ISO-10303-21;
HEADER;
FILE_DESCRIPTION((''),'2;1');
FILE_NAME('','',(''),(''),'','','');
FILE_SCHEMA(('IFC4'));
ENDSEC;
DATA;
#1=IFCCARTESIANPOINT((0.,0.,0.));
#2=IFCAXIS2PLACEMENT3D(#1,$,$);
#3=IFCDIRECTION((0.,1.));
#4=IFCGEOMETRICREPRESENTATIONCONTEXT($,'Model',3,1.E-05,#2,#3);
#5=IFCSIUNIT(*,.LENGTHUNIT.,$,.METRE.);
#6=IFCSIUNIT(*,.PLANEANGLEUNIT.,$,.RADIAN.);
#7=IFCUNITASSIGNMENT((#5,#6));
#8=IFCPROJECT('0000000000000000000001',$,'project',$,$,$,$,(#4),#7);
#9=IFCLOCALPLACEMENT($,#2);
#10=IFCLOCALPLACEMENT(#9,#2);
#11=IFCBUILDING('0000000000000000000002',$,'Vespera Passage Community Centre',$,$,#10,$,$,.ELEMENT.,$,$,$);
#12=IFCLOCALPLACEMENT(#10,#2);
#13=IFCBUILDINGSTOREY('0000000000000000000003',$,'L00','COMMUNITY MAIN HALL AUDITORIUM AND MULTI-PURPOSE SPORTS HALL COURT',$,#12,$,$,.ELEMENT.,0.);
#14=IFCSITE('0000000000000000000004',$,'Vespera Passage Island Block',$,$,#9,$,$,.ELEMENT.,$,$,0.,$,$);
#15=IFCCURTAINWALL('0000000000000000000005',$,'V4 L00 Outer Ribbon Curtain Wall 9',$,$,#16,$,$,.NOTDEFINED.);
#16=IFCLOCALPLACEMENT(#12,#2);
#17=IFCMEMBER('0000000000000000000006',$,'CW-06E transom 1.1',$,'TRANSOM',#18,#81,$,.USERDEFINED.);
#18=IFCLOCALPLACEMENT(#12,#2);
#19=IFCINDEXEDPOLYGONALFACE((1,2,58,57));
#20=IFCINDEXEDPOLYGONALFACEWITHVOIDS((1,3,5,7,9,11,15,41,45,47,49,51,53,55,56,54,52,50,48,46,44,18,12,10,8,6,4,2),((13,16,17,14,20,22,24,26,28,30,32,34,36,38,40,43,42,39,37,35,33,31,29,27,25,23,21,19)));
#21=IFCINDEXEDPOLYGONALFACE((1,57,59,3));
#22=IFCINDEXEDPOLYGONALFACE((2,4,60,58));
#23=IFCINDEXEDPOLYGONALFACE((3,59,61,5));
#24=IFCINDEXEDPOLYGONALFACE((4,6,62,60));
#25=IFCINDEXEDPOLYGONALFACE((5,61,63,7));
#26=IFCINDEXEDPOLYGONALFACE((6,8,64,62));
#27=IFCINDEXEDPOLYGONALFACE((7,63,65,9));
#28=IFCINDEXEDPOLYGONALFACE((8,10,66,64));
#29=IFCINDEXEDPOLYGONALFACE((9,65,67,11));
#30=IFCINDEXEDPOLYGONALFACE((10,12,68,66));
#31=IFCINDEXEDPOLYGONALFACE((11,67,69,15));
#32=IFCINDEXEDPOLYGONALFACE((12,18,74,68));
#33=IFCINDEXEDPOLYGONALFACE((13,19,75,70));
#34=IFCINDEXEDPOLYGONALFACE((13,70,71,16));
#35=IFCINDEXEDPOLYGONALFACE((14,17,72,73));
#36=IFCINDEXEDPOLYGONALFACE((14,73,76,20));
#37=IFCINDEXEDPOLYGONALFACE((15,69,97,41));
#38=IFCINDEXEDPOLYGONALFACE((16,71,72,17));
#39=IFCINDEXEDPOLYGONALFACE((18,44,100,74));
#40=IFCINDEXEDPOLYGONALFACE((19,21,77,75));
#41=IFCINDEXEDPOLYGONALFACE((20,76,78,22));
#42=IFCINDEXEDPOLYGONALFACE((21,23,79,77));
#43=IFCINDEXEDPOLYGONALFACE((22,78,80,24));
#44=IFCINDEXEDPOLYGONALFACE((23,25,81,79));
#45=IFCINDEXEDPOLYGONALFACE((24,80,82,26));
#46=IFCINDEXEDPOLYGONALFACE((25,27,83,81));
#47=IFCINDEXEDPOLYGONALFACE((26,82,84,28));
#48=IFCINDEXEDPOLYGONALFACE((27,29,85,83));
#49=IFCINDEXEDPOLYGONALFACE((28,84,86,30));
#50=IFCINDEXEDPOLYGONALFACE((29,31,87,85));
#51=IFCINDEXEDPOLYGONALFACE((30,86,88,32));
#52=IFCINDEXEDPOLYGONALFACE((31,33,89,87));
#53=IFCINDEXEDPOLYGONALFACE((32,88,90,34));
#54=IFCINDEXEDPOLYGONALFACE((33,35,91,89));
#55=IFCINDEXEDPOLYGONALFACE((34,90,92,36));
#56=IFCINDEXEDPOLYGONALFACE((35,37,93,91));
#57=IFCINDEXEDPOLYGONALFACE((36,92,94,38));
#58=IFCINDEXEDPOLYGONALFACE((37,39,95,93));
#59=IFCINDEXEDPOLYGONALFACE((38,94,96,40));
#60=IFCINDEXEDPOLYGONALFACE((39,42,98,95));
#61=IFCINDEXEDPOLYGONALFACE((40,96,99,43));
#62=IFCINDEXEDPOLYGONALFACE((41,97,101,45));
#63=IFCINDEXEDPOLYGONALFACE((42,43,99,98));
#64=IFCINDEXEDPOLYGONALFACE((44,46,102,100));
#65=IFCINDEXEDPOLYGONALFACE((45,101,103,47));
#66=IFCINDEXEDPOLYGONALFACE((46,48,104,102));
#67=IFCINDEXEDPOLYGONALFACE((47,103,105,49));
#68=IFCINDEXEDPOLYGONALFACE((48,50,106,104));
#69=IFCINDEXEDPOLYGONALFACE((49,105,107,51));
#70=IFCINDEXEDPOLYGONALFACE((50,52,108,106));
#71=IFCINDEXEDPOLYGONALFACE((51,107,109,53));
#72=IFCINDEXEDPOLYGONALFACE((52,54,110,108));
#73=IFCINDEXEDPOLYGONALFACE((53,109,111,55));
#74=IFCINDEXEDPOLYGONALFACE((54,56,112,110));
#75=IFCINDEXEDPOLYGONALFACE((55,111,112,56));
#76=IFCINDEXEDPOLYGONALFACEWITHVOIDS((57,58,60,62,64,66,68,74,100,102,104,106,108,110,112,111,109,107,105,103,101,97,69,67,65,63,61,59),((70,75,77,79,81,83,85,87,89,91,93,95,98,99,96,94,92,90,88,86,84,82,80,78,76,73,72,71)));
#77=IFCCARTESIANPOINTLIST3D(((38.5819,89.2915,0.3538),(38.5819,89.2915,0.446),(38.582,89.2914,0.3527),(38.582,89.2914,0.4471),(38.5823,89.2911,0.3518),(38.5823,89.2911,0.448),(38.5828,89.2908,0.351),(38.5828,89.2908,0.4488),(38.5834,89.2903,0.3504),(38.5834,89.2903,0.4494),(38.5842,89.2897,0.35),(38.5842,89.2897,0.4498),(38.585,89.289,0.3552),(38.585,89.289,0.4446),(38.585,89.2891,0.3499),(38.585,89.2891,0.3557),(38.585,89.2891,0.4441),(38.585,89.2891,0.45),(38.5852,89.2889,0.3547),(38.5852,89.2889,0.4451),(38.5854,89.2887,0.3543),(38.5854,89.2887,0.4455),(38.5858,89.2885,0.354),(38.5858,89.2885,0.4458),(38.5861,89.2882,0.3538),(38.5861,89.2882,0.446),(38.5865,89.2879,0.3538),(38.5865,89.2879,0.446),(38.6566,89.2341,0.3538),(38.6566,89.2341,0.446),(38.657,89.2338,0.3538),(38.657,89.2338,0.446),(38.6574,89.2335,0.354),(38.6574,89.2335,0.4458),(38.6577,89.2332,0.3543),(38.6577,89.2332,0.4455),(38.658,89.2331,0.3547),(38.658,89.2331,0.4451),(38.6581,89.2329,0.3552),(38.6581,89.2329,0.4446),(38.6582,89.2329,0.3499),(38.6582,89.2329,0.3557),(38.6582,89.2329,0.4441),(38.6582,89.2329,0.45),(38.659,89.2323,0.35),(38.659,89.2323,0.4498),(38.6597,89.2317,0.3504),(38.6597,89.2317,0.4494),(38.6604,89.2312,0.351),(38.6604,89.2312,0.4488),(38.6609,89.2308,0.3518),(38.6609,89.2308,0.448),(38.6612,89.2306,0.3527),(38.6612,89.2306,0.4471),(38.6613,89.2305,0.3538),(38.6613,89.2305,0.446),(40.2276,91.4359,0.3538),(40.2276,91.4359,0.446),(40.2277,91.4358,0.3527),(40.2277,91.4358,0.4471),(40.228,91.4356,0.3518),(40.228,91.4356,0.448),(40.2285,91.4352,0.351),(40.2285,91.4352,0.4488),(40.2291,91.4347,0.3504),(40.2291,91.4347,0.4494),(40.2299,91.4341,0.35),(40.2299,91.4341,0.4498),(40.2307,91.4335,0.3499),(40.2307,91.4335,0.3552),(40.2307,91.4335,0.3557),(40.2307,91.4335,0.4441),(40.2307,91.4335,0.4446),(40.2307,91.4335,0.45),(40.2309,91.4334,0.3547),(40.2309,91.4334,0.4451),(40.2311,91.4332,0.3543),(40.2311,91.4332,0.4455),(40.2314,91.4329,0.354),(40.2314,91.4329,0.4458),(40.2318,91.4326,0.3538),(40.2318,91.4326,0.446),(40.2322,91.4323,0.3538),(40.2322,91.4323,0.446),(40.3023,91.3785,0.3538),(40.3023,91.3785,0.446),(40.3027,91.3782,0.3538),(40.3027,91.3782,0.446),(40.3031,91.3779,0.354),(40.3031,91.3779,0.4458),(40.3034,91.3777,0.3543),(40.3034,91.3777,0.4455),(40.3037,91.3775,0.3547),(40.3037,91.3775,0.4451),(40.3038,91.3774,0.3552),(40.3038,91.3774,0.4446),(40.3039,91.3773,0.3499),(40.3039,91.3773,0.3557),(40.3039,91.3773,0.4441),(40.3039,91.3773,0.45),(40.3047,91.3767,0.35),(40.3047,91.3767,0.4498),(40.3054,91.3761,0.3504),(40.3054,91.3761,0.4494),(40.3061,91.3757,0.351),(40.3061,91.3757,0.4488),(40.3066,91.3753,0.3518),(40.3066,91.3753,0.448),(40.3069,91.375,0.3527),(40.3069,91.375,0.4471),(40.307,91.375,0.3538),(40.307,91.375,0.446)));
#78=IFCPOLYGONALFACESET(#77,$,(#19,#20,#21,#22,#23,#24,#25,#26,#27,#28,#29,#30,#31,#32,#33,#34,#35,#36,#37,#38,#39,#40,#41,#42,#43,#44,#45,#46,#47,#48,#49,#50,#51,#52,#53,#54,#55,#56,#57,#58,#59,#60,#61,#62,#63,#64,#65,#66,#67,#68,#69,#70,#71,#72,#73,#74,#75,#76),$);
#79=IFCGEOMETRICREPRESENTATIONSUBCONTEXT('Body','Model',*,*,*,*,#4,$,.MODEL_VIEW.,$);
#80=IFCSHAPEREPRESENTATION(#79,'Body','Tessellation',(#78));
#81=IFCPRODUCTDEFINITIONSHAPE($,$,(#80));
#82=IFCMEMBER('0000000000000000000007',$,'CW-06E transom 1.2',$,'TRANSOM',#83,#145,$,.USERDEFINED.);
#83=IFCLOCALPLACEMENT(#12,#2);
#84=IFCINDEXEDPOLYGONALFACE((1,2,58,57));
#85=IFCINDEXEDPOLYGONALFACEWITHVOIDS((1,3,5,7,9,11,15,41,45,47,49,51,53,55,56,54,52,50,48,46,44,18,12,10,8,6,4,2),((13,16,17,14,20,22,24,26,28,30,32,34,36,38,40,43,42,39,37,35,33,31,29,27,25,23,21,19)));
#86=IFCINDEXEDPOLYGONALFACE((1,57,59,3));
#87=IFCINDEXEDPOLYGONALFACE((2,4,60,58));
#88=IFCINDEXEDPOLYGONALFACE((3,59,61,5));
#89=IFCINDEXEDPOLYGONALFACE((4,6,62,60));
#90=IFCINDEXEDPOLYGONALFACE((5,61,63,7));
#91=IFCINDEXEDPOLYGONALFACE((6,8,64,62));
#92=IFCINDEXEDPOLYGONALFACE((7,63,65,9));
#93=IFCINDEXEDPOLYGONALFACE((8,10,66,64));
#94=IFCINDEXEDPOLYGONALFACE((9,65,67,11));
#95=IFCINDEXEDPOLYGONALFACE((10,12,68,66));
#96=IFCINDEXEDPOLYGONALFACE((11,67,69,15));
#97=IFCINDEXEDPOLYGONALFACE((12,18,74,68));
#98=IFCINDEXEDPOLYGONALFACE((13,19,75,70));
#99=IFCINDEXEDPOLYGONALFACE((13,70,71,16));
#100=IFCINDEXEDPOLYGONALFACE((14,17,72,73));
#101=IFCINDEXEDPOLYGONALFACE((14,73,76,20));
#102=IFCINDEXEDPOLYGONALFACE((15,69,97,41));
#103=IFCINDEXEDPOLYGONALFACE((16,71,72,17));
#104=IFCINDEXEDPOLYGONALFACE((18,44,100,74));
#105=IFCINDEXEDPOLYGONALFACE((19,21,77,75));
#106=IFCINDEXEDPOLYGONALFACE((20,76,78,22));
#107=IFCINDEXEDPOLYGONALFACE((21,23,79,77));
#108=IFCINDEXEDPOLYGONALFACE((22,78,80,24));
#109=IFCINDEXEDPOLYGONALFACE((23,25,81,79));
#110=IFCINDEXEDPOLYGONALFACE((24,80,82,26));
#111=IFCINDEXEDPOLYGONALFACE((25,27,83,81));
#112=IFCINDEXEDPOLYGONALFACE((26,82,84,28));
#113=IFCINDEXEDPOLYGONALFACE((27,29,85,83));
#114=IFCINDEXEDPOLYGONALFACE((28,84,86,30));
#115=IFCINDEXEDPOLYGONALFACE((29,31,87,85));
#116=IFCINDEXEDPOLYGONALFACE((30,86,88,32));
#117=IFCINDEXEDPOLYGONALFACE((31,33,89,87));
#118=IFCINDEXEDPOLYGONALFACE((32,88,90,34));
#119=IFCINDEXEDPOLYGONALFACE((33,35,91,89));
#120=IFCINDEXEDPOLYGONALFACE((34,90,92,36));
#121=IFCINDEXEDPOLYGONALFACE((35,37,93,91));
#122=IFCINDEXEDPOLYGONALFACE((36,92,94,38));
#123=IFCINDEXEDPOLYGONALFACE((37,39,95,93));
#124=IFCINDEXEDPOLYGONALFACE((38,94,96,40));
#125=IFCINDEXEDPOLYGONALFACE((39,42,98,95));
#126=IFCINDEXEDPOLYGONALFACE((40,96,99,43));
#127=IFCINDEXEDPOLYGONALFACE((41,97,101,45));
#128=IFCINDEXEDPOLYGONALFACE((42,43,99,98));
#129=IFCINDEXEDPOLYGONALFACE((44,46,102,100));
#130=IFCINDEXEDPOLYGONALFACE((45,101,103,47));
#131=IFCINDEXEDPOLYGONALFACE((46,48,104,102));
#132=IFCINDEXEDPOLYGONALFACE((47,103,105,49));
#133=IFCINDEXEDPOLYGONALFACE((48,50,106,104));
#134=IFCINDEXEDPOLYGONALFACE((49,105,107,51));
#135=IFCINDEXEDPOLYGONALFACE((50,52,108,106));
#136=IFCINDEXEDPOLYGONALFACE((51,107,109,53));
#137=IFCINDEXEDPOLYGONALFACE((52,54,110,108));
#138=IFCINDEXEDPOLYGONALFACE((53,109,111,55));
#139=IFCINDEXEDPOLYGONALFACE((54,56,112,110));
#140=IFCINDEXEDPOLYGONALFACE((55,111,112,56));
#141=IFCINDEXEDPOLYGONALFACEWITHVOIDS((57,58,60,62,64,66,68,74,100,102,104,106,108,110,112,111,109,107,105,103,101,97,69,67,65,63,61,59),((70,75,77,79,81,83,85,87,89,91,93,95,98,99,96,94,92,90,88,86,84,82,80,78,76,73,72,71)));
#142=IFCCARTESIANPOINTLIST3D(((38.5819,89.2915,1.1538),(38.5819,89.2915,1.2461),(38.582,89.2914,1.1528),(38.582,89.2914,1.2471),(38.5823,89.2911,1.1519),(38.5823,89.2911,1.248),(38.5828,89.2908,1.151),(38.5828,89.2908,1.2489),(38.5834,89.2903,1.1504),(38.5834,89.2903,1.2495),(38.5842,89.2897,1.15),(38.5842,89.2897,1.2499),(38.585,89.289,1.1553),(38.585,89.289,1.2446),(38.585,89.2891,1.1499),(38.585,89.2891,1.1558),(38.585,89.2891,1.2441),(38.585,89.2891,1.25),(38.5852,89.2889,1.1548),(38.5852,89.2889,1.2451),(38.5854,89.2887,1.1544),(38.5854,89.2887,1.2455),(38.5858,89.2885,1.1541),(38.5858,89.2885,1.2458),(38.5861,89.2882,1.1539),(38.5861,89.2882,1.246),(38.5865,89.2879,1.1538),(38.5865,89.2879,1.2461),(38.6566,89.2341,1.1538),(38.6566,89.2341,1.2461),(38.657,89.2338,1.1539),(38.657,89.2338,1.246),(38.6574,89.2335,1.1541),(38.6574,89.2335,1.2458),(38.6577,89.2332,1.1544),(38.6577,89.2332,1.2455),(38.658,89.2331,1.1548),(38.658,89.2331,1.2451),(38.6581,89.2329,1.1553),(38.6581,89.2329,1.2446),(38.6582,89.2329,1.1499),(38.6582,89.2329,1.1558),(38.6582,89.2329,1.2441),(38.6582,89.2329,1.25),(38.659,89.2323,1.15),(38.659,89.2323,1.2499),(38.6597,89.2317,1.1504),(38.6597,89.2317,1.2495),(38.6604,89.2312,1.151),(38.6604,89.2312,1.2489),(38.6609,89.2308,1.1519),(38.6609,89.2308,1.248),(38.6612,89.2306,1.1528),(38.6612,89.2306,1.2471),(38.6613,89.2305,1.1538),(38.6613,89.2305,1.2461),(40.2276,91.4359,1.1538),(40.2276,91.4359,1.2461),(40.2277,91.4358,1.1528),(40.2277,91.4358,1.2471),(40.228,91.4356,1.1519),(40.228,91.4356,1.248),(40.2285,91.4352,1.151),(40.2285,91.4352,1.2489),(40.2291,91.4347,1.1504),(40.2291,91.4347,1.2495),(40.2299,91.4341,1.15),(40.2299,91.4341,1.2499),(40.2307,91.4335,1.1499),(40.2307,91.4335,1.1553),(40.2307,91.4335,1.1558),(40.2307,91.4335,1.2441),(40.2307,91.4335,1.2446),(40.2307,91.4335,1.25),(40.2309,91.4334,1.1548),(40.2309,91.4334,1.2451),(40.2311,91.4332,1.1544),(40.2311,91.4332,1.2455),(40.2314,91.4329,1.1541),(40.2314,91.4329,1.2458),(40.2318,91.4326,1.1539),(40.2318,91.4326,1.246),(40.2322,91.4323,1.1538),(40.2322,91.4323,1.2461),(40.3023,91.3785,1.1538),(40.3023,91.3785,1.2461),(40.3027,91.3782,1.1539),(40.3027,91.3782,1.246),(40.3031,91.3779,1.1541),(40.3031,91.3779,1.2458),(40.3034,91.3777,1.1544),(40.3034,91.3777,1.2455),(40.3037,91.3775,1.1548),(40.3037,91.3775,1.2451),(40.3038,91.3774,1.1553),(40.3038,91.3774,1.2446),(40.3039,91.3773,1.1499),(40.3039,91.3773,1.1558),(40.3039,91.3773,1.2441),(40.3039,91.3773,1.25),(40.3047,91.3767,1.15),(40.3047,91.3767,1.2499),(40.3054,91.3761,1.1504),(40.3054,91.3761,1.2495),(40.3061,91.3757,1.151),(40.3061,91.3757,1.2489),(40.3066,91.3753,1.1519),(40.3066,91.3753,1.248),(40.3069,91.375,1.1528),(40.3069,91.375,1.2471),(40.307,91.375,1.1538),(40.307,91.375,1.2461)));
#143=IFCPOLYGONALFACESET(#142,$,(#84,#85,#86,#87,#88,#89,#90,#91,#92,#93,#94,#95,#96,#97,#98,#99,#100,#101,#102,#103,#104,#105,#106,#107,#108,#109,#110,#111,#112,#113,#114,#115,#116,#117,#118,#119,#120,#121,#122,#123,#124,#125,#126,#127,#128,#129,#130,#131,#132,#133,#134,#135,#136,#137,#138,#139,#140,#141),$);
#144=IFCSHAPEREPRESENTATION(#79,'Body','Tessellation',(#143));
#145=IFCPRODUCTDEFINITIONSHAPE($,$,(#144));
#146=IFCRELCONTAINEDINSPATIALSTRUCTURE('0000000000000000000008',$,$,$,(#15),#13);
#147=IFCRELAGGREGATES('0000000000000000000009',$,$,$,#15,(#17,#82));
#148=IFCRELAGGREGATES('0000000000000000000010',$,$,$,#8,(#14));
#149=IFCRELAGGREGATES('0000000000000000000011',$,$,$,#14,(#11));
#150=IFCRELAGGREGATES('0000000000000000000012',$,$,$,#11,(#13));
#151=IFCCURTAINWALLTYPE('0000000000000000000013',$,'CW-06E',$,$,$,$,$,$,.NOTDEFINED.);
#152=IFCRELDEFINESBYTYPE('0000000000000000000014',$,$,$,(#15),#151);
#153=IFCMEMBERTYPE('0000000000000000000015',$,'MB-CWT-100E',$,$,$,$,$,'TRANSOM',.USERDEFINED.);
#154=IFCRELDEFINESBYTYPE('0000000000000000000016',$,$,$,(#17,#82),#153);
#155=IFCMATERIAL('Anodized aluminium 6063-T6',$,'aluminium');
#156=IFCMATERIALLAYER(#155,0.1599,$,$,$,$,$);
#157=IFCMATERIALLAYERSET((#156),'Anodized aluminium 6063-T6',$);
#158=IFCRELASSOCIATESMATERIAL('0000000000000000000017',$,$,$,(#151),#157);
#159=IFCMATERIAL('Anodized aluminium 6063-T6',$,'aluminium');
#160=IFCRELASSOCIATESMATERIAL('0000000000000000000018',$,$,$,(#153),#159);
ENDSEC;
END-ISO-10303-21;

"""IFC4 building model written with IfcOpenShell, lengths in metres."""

from ifc_helpers import new_model, si_unit, direction, frame, origin, origin_2d, place, context, subcontext, project, spatial, hollow_rectangle, extrude, material, layer, layer_set, material_profile, profile_set, type_object, element, aggregate, save


model = new_model("IFC4")

# Units and contexts
model_context = context("Model", 3, precision=1e-05, world=origin(), true_north=direction((0.0, 1.0)))
body_context = subcontext(model_context, "Body", "Model", "MODEL_VIEW")
ifc_project = project(units=[si_unit("LENGTHUNIT", "METRE"), si_unit("PLANEANGLEUNIT", "RADIAN")], contexts=[model_context])

# Site, building, storey
site_placement = place(None, origin())
site = spatial("IfcSite", under=ifc_project, at=site_placement, Name="Vespera Passage Island Block", CompositionType="ELEMENT", RefElevation=0.0)
building_placement = place(site_placement, origin())
building = spatial("IfcBuilding", under=site, at=building_placement, Name="Vespera Passage Community Centre", CompositionType="ELEMENT")
storey_placement = place(building_placement, origin())
storey = spatial("IfcBuildingStorey", under=building, at=storey_placement, Name="L00", Description="COMMUNITY MAIN HALL AUDITORIUM AND MULTI-PURPOSE SPORTS HALL COURT", CompositionType="ELEMENT", Elevation=0.0)

# Curtain wall
ifc_material_1 = material(Name="Anodized aluminium 6063-T6", Category="aluminium")
ifc_layer_1 = layer(ifc_material_1, 0.1599)
ifc_layer_set_1 = layer_set([ifc_layer_1], Name="Anodized aluminium 6063-T6")
curtain_wall_type_1 = type_object("IfcCurtainWallType", Name="CW-06E", PredefinedType="NOTDEFINED", material=ifc_layer_set_1)
curtain_wall_1_placement = place(storey_placement, origin())
curtain_wall_1 = element("IfcCurtainWall", 1, at=curtain_wall_1_placement, inside=storey, type_object=curtain_wall_type_1, Name="V4 L00 Outer Ribbon Curtain Wall 9", PredefinedType="NOTDEFINED")

# Members
ifc_material_2 = material(Name="Anodized aluminium 6063-T6", Category="aluminium")
ifc_material_profile_1 = material_profile(ifc_material_2, hollow_rectangle(XDim=0.1001, YDim=0.1001, WallThickness=0.0039, InnerFilletRadius=0.002, OuterFilletRadius=0.0039, at=origin_2d()), Name="ALU100X100X4")
ifc_profile_set_1 = profile_set([ifc_material_profile_1], Name="Anodized aluminium 6063-T6")
member_type_1 = type_object("IfcMemberType", Name="MB-CWT-100E", ElementType="TRANSOM", PredefinedType="USERDEFINED", material=ifc_profile_set_1)
member_1_placement = place(storey_placement, frame((38.6216, 89.261, 0.3999), z_axis=(0.608807, 0.793318, 0.0), x_axis=(-0.793318, 0.608807, 0.0)))
member_1 = element("IfcMember", 2, at=member_1_placement, type_object=member_type_1, Name="CW-06E transom 1.1", ObjectType="TRANSOM", PredefinedType="USERDEFINED", context=body_context, shape_type="SweptSolid", body=[
    extrude(hollow_rectangle(XDim=0.1001, YDim=0.1001, WallThickness=0.0039, InnerFilletRadius=0.002, OuterFilletRadius=0.0039, at=origin_2d()), origin(), (0.0, 0.0, 1.0), 2.7031),
])
member_2_placement = place(storey_placement, frame((38.6216, 89.261, 1.2), z_axis=(0.608807, 0.793318, 0.0), x_axis=(-0.793318, 0.608807, 0.0)))
member_2 = element("IfcMember", 3, at=member_2_placement, type_object=member_type_1, Name="CW-06E transom 1.2", ObjectType="TRANSOM", PredefinedType="USERDEFINED", context=body_context, shape_type="SweptSolid", body=[
    extrude(hollow_rectangle(XDim=0.1001, YDim=0.1001, WallThickness=0.0039, InnerFilletRadius=0.002, OuterFilletRadius=0.0039, at=origin_2d()), origin(), (0.0, 0.0, 1.0), 2.7031),
])

aggregate(curtain_wall_1, [member_1, member_2])

save(model, "model.ifc")
